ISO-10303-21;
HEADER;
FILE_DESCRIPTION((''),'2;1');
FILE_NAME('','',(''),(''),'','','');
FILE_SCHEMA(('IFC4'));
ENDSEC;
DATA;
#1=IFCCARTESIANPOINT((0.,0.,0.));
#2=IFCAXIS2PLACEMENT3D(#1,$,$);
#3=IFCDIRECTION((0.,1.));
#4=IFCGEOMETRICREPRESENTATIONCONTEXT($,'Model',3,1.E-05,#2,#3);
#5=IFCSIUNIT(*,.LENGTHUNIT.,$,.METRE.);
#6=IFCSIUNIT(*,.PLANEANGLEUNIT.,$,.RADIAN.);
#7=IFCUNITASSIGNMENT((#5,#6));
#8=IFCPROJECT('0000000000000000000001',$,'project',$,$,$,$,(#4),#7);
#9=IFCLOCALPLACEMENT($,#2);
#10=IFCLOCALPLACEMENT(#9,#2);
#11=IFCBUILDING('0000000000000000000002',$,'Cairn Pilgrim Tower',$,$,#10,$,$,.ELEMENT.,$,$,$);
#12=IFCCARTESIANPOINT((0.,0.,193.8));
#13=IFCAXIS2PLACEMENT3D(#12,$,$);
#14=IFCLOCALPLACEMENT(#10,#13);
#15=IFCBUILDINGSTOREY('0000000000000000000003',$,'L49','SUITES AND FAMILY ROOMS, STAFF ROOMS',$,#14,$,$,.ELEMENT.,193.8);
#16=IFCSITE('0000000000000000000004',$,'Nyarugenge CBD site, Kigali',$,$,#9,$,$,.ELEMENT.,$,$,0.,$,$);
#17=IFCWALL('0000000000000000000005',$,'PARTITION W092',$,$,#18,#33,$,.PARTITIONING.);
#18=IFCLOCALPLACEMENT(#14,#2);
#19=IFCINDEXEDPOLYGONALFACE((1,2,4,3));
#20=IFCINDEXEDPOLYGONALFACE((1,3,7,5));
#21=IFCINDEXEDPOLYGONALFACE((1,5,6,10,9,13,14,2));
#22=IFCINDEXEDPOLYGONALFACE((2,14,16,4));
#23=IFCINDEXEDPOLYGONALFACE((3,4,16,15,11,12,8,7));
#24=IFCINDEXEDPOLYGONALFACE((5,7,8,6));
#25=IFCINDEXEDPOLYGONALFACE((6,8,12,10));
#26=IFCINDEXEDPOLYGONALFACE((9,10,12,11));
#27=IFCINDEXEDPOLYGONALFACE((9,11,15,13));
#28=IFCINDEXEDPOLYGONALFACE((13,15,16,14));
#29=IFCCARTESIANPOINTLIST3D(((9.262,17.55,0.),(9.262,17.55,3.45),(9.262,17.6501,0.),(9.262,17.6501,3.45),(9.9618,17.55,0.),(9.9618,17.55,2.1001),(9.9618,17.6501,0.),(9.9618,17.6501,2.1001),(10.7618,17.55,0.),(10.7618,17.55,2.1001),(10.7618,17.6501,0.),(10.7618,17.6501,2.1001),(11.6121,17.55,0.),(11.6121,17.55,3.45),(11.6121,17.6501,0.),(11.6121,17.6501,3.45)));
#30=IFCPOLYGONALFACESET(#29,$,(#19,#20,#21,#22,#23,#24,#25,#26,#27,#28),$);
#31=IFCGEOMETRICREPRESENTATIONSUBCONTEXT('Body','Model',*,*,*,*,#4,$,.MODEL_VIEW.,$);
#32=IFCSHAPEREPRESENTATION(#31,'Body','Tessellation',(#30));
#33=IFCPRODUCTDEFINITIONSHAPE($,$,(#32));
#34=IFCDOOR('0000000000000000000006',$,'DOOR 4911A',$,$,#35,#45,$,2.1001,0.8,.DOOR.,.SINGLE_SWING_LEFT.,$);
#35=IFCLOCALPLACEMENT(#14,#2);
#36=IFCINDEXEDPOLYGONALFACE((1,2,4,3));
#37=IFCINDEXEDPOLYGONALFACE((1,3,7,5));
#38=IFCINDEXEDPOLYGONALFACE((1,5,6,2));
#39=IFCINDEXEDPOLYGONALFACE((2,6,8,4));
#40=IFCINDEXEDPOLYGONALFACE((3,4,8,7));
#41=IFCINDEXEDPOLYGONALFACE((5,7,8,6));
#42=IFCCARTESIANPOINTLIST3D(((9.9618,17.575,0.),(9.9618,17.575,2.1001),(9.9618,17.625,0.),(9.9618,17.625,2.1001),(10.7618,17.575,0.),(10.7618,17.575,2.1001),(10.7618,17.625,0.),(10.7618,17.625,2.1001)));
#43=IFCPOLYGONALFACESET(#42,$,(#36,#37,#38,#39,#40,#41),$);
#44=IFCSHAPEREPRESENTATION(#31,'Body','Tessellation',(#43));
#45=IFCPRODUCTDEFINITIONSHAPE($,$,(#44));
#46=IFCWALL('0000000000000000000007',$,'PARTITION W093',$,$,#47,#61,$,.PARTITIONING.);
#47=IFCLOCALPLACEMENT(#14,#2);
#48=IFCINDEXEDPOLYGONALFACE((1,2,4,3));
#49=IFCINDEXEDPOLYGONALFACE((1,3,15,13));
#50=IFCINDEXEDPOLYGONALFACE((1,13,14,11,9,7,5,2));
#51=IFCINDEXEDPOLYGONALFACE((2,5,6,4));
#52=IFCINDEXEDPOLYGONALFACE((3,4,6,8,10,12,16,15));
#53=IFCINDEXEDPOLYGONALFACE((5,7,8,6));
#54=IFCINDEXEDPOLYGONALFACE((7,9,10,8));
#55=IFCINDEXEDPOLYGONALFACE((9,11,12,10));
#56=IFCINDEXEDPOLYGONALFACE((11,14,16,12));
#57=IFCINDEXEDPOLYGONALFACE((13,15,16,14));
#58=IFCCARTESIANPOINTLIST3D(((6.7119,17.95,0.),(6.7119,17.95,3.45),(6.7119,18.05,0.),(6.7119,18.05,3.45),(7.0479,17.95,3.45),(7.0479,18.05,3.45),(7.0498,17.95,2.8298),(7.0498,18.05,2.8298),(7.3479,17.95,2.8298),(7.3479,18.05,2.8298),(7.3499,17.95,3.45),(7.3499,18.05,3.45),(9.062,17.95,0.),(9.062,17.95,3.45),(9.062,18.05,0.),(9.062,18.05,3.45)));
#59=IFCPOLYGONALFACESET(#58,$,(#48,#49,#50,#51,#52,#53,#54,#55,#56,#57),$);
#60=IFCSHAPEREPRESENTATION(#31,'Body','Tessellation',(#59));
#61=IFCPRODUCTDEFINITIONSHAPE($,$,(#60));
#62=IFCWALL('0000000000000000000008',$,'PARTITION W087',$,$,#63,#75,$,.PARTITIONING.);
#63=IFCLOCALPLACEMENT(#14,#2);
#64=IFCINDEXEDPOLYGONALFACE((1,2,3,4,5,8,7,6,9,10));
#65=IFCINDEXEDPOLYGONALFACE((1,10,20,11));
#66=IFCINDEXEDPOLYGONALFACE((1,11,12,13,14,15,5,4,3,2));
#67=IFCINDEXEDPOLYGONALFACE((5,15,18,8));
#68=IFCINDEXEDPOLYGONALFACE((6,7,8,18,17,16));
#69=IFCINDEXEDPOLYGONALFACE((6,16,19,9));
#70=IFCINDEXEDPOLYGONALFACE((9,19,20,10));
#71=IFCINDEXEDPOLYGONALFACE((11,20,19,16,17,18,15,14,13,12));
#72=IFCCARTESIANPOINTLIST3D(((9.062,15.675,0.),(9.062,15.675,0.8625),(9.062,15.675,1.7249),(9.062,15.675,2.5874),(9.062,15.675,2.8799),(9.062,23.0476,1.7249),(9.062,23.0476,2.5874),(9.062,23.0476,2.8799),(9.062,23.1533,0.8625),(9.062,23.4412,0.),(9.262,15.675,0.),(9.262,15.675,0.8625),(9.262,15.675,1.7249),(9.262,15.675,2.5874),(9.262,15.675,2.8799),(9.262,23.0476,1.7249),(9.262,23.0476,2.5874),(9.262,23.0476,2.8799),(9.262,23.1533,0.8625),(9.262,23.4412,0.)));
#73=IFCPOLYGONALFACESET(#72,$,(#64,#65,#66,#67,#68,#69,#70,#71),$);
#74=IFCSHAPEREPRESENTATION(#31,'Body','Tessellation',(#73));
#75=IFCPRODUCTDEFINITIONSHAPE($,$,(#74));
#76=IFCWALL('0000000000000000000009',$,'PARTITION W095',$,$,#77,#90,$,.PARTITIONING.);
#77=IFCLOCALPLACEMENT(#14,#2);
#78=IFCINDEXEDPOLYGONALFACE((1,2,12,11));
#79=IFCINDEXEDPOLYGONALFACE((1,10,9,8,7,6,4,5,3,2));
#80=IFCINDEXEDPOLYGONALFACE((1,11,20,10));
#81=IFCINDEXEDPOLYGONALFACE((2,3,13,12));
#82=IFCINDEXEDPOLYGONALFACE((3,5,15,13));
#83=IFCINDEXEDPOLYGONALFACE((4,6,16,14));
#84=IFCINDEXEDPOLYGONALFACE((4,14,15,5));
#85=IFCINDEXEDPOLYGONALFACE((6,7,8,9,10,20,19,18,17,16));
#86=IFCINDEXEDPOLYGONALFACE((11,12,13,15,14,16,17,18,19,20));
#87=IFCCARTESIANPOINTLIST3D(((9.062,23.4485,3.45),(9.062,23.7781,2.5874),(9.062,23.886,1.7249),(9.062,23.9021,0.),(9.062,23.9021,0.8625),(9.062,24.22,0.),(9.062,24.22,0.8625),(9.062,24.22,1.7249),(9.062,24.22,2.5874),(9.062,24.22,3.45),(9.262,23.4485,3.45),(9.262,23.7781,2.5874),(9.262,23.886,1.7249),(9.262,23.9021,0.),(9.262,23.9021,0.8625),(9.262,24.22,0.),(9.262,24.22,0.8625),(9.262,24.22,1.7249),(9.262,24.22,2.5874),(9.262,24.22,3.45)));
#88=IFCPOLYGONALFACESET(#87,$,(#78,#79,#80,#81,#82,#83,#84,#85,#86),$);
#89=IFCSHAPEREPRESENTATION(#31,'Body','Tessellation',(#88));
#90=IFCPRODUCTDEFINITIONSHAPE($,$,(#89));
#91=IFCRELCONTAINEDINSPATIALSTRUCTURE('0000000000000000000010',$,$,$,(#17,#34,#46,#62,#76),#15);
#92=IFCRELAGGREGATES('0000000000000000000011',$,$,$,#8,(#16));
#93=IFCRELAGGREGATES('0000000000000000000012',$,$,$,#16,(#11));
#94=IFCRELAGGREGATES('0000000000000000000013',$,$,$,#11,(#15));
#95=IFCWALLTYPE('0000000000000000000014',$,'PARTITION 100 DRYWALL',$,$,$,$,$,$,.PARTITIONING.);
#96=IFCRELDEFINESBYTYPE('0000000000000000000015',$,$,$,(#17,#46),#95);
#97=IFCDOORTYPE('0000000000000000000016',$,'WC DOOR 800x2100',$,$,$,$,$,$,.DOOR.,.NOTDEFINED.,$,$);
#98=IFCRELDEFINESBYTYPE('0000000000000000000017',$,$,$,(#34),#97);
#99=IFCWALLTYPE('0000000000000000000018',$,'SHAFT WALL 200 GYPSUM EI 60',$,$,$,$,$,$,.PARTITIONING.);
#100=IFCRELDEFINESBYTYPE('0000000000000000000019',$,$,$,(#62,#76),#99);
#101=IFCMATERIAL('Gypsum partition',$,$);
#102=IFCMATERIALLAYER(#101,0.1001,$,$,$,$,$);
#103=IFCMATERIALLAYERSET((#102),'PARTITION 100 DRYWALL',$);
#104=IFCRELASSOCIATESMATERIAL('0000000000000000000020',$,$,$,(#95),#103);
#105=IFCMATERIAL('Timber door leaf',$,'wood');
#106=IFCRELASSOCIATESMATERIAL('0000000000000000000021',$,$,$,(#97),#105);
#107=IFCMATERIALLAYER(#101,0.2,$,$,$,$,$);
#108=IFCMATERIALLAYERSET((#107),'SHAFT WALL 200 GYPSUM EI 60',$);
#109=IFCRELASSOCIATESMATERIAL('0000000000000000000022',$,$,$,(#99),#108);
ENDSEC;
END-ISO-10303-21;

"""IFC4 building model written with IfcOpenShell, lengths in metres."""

from ifc_helpers import new_model, si_unit, direction, frame, frame_2d, origin, place, context, subcontext, project, spatial, polyline, rectangle, outline, extrude, material, layer, layer_set, type_object, element, fill, save


model = new_model("IFC4")

# Units and contexts
model_context = context("Model", 3, precision=1e-05, world=origin(), true_north=direction((0.0, 1.0)))
body_context = subcontext(model_context, "Body", "Model", "MODEL_VIEW")
ifc_project = project(units=[si_unit("LENGTHUNIT", "METRE"), si_unit("PLANEANGLEUNIT", "RADIAN")], contexts=[model_context])

# Site, building, storey
site_placement = place(None, origin())
site = spatial("IfcSite", under=ifc_project, at=site_placement, Name="Nyarugenge CBD site, Kigali", CompositionType="ELEMENT", RefElevation=0.0)
building_placement = place(site_placement, origin())
building = spatial("IfcBuilding", under=site, at=building_placement, Name="Cairn Pilgrim Tower", CompositionType="ELEMENT")
storey_placement = place(building_placement, frame((0.0, 0.0, 193.8)))
storey = spatial("IfcBuildingStorey", under=building, at=storey_placement, Name="L49", Description="SUITES AND FAMILY ROOMS, STAFF ROOMS", CompositionType="ELEMENT", Elevation=193.8)

# Wall, opening, door
ifc_material_1 = material(Name="Gypsum partition")
ifc_layer_1 = layer(ifc_material_1, 0.1001)
ifc_layer_set_1 = layer_set([ifc_layer_1], Name="PARTITION 100 DRYWALL")
wall_type_1 = type_object("IfcWallType", Name="PARTITION 100 DRYWALL", PredefinedType="PARTITIONING", material=ifc_layer_set_1)
ifc_material_2 = material(Name="Timber door leaf", Category="wood")
door_type_1 = type_object("IfcDoorType", Name="WC DOOR 800x2100", OperationType="NOTDEFINED", PredefinedType="DOOR", material=ifc_material_2)
wall_1_placement = place(storey_placement, frame((9.262, 17.6001, 0.0), z_axis=(0.0, 0.0, 1.0), x_axis=(1.0, 0.0, 0.0)))
wall_1 = element("IfcWall", 1, at=wall_1_placement, inside=storey, type_object=wall_type_1, Name="PARTITION W092", PredefinedType="PARTITIONING", context=body_context, shape_type="SweptSolid", body=[
    extrude(rectangle(XDim=2.3501, YDim=0.1001, at=frame_2d((1.175, 0.0))), origin(), (0.0, 0.0, 1.0), 3.45),
])
opening_1_placement = place(wall_1_placement, frame((0.7, 0.0, 0.0)))
opening_1 = element("IfcOpeningElement", 2, at=opening_1_placement, cuts=wall_1, PredefinedType="OPENING", context=body_context, shape_type="SweptSolid", body=[
    extrude(rectangle(XDim=0.8, YDim=2.1001, at=frame_2d((0.3999, 1.05))), frame((0.0, 0.0601, 0.0), z_axis=(0.0, -1.0, 0.0), x_axis=(1.0, 0.0, 0.0)), (0.0, 0.0, 1.0), 0.1201),
])
door_1_placement = place(opening_1_placement, origin())
door_1 = element("IfcDoor", 3, at=door_1_placement, inside=storey, type_object=door_type_1, Name="DOOR 4911A", OperationType="SINGLE_SWING_LEFT", OverallHeight=2.1001, OverallWidth=0.8, PredefinedType="DOOR", context=body_context, shape_type="SweptSolid", body=[
    extrude(rectangle(XDim=0.8, YDim=2.1001, at=frame_2d((0.3999, 1.05))), frame((0.0, 0.0249, 0.0), z_axis=(0.0, -1.0, 0.0), x_axis=(1.0, 0.0, 0.0)), (0.0, 0.0, 1.0), 0.05),
])
fill(opening_1, door_1)

# Walls
wall_2_placement = place(storey_placement, frame((6.7119, 18.0, 0.0), z_axis=(0.0, 0.0, 1.0), x_axis=(1.0, 0.0, 0.0)))
element("IfcWall", 4, at=wall_2_placement, inside=storey, type_object=wall_type_1, Name="PARTITION W093", PredefinedType="PARTITIONING", context=body_context, shape_type="SweptSolid", body=[
    extrude(outline(polyline([(0.0, 0.0), (2.3501, 0.0), (2.3501, 3.45), (0.6379, 3.45), (0.636, 2.8298), (0.3379, 2.8298), (0.3359, 3.45), (0.0, 3.45), (0.0, 0.0)])), frame((0.0, 0.05, 0.0), z_axis=(0.0, -1.0, 0.0), x_axis=(1.0, 0.0, 0.0)), (0.0, 0.0, 1.0), 0.1001),
])
ifc_layer_2 = layer(ifc_material_1, 0.2)
ifc_layer_set_2 = layer_set([ifc_layer_2], Name="SHAFT WALL 200 GYPSUM EI 60")
wall_type_2 = type_object("IfcWallType", Name="SHAFT WALL 200 GYPSUM EI 60", PredefinedType="PARTITIONING", material=ifc_layer_set_2)
wall_3_placement = place(storey_placement, frame((9.1621, 15.675, 0.0), z_axis=(0.0, 0.0, 1.0), x_axis=(0.0, 1.0, 0.0)))
element("IfcWall", 5, at=wall_3_placement, inside=storey, type_object=wall_type_2, Name="PARTITION W087", PredefinedType="PARTITIONING", context=body_context, shape_type="SweptSolid", body=[
    extrude(outline(polyline([(0.0, 0.0), (7.7661, 0.0), (7.4783, 0.8625), (7.3726, 1.7249), (7.3726, 2.5874), (7.3726, 2.8799), (0.0, 2.8799), (0.0, 2.5874), (0.0, 1.7249), (0.0, 0.8625), (0.0, 0.0)])), frame((0.0, 0.1001, 0.0), z_axis=(0.0, -1.0, 0.0), x_axis=(1.0, 0.0, 0.0)), (0.0, 0.0, 1.0), 0.2),
])
wall_4_placement = place(storey_placement, frame((9.1621, 23.4485, 0.0), z_axis=(0.0, 0.0, 1.0), x_axis=(0.0, 1.0, 0.0)))
element("IfcWall", 6, at=wall_4_placement, inside=storey, type_object=wall_type_2, Name="PARTITION W095", PredefinedType="PARTITIONING", context=body_context, shape_type="SweptSolid", body=[
    extrude(outline(polyline([(0.4536, 0.0), (0.7715, 0.0), (0.7715, 0.8625), (0.7715, 1.7249), (0.7715, 2.5874), (0.7715, 3.45), (0.0, 3.45), (0.3296, 2.5874), (0.4375, 1.7249), (0.4536, 0.8625), (0.4536, 0.0)])), frame((0.0, 0.1001, 0.0), z_axis=(0.0, -1.0, 0.0), x_axis=(1.0, 0.0, 0.0)), (0.0, 0.0, 1.0), 0.2),
])

save(model, "model.ifc")
